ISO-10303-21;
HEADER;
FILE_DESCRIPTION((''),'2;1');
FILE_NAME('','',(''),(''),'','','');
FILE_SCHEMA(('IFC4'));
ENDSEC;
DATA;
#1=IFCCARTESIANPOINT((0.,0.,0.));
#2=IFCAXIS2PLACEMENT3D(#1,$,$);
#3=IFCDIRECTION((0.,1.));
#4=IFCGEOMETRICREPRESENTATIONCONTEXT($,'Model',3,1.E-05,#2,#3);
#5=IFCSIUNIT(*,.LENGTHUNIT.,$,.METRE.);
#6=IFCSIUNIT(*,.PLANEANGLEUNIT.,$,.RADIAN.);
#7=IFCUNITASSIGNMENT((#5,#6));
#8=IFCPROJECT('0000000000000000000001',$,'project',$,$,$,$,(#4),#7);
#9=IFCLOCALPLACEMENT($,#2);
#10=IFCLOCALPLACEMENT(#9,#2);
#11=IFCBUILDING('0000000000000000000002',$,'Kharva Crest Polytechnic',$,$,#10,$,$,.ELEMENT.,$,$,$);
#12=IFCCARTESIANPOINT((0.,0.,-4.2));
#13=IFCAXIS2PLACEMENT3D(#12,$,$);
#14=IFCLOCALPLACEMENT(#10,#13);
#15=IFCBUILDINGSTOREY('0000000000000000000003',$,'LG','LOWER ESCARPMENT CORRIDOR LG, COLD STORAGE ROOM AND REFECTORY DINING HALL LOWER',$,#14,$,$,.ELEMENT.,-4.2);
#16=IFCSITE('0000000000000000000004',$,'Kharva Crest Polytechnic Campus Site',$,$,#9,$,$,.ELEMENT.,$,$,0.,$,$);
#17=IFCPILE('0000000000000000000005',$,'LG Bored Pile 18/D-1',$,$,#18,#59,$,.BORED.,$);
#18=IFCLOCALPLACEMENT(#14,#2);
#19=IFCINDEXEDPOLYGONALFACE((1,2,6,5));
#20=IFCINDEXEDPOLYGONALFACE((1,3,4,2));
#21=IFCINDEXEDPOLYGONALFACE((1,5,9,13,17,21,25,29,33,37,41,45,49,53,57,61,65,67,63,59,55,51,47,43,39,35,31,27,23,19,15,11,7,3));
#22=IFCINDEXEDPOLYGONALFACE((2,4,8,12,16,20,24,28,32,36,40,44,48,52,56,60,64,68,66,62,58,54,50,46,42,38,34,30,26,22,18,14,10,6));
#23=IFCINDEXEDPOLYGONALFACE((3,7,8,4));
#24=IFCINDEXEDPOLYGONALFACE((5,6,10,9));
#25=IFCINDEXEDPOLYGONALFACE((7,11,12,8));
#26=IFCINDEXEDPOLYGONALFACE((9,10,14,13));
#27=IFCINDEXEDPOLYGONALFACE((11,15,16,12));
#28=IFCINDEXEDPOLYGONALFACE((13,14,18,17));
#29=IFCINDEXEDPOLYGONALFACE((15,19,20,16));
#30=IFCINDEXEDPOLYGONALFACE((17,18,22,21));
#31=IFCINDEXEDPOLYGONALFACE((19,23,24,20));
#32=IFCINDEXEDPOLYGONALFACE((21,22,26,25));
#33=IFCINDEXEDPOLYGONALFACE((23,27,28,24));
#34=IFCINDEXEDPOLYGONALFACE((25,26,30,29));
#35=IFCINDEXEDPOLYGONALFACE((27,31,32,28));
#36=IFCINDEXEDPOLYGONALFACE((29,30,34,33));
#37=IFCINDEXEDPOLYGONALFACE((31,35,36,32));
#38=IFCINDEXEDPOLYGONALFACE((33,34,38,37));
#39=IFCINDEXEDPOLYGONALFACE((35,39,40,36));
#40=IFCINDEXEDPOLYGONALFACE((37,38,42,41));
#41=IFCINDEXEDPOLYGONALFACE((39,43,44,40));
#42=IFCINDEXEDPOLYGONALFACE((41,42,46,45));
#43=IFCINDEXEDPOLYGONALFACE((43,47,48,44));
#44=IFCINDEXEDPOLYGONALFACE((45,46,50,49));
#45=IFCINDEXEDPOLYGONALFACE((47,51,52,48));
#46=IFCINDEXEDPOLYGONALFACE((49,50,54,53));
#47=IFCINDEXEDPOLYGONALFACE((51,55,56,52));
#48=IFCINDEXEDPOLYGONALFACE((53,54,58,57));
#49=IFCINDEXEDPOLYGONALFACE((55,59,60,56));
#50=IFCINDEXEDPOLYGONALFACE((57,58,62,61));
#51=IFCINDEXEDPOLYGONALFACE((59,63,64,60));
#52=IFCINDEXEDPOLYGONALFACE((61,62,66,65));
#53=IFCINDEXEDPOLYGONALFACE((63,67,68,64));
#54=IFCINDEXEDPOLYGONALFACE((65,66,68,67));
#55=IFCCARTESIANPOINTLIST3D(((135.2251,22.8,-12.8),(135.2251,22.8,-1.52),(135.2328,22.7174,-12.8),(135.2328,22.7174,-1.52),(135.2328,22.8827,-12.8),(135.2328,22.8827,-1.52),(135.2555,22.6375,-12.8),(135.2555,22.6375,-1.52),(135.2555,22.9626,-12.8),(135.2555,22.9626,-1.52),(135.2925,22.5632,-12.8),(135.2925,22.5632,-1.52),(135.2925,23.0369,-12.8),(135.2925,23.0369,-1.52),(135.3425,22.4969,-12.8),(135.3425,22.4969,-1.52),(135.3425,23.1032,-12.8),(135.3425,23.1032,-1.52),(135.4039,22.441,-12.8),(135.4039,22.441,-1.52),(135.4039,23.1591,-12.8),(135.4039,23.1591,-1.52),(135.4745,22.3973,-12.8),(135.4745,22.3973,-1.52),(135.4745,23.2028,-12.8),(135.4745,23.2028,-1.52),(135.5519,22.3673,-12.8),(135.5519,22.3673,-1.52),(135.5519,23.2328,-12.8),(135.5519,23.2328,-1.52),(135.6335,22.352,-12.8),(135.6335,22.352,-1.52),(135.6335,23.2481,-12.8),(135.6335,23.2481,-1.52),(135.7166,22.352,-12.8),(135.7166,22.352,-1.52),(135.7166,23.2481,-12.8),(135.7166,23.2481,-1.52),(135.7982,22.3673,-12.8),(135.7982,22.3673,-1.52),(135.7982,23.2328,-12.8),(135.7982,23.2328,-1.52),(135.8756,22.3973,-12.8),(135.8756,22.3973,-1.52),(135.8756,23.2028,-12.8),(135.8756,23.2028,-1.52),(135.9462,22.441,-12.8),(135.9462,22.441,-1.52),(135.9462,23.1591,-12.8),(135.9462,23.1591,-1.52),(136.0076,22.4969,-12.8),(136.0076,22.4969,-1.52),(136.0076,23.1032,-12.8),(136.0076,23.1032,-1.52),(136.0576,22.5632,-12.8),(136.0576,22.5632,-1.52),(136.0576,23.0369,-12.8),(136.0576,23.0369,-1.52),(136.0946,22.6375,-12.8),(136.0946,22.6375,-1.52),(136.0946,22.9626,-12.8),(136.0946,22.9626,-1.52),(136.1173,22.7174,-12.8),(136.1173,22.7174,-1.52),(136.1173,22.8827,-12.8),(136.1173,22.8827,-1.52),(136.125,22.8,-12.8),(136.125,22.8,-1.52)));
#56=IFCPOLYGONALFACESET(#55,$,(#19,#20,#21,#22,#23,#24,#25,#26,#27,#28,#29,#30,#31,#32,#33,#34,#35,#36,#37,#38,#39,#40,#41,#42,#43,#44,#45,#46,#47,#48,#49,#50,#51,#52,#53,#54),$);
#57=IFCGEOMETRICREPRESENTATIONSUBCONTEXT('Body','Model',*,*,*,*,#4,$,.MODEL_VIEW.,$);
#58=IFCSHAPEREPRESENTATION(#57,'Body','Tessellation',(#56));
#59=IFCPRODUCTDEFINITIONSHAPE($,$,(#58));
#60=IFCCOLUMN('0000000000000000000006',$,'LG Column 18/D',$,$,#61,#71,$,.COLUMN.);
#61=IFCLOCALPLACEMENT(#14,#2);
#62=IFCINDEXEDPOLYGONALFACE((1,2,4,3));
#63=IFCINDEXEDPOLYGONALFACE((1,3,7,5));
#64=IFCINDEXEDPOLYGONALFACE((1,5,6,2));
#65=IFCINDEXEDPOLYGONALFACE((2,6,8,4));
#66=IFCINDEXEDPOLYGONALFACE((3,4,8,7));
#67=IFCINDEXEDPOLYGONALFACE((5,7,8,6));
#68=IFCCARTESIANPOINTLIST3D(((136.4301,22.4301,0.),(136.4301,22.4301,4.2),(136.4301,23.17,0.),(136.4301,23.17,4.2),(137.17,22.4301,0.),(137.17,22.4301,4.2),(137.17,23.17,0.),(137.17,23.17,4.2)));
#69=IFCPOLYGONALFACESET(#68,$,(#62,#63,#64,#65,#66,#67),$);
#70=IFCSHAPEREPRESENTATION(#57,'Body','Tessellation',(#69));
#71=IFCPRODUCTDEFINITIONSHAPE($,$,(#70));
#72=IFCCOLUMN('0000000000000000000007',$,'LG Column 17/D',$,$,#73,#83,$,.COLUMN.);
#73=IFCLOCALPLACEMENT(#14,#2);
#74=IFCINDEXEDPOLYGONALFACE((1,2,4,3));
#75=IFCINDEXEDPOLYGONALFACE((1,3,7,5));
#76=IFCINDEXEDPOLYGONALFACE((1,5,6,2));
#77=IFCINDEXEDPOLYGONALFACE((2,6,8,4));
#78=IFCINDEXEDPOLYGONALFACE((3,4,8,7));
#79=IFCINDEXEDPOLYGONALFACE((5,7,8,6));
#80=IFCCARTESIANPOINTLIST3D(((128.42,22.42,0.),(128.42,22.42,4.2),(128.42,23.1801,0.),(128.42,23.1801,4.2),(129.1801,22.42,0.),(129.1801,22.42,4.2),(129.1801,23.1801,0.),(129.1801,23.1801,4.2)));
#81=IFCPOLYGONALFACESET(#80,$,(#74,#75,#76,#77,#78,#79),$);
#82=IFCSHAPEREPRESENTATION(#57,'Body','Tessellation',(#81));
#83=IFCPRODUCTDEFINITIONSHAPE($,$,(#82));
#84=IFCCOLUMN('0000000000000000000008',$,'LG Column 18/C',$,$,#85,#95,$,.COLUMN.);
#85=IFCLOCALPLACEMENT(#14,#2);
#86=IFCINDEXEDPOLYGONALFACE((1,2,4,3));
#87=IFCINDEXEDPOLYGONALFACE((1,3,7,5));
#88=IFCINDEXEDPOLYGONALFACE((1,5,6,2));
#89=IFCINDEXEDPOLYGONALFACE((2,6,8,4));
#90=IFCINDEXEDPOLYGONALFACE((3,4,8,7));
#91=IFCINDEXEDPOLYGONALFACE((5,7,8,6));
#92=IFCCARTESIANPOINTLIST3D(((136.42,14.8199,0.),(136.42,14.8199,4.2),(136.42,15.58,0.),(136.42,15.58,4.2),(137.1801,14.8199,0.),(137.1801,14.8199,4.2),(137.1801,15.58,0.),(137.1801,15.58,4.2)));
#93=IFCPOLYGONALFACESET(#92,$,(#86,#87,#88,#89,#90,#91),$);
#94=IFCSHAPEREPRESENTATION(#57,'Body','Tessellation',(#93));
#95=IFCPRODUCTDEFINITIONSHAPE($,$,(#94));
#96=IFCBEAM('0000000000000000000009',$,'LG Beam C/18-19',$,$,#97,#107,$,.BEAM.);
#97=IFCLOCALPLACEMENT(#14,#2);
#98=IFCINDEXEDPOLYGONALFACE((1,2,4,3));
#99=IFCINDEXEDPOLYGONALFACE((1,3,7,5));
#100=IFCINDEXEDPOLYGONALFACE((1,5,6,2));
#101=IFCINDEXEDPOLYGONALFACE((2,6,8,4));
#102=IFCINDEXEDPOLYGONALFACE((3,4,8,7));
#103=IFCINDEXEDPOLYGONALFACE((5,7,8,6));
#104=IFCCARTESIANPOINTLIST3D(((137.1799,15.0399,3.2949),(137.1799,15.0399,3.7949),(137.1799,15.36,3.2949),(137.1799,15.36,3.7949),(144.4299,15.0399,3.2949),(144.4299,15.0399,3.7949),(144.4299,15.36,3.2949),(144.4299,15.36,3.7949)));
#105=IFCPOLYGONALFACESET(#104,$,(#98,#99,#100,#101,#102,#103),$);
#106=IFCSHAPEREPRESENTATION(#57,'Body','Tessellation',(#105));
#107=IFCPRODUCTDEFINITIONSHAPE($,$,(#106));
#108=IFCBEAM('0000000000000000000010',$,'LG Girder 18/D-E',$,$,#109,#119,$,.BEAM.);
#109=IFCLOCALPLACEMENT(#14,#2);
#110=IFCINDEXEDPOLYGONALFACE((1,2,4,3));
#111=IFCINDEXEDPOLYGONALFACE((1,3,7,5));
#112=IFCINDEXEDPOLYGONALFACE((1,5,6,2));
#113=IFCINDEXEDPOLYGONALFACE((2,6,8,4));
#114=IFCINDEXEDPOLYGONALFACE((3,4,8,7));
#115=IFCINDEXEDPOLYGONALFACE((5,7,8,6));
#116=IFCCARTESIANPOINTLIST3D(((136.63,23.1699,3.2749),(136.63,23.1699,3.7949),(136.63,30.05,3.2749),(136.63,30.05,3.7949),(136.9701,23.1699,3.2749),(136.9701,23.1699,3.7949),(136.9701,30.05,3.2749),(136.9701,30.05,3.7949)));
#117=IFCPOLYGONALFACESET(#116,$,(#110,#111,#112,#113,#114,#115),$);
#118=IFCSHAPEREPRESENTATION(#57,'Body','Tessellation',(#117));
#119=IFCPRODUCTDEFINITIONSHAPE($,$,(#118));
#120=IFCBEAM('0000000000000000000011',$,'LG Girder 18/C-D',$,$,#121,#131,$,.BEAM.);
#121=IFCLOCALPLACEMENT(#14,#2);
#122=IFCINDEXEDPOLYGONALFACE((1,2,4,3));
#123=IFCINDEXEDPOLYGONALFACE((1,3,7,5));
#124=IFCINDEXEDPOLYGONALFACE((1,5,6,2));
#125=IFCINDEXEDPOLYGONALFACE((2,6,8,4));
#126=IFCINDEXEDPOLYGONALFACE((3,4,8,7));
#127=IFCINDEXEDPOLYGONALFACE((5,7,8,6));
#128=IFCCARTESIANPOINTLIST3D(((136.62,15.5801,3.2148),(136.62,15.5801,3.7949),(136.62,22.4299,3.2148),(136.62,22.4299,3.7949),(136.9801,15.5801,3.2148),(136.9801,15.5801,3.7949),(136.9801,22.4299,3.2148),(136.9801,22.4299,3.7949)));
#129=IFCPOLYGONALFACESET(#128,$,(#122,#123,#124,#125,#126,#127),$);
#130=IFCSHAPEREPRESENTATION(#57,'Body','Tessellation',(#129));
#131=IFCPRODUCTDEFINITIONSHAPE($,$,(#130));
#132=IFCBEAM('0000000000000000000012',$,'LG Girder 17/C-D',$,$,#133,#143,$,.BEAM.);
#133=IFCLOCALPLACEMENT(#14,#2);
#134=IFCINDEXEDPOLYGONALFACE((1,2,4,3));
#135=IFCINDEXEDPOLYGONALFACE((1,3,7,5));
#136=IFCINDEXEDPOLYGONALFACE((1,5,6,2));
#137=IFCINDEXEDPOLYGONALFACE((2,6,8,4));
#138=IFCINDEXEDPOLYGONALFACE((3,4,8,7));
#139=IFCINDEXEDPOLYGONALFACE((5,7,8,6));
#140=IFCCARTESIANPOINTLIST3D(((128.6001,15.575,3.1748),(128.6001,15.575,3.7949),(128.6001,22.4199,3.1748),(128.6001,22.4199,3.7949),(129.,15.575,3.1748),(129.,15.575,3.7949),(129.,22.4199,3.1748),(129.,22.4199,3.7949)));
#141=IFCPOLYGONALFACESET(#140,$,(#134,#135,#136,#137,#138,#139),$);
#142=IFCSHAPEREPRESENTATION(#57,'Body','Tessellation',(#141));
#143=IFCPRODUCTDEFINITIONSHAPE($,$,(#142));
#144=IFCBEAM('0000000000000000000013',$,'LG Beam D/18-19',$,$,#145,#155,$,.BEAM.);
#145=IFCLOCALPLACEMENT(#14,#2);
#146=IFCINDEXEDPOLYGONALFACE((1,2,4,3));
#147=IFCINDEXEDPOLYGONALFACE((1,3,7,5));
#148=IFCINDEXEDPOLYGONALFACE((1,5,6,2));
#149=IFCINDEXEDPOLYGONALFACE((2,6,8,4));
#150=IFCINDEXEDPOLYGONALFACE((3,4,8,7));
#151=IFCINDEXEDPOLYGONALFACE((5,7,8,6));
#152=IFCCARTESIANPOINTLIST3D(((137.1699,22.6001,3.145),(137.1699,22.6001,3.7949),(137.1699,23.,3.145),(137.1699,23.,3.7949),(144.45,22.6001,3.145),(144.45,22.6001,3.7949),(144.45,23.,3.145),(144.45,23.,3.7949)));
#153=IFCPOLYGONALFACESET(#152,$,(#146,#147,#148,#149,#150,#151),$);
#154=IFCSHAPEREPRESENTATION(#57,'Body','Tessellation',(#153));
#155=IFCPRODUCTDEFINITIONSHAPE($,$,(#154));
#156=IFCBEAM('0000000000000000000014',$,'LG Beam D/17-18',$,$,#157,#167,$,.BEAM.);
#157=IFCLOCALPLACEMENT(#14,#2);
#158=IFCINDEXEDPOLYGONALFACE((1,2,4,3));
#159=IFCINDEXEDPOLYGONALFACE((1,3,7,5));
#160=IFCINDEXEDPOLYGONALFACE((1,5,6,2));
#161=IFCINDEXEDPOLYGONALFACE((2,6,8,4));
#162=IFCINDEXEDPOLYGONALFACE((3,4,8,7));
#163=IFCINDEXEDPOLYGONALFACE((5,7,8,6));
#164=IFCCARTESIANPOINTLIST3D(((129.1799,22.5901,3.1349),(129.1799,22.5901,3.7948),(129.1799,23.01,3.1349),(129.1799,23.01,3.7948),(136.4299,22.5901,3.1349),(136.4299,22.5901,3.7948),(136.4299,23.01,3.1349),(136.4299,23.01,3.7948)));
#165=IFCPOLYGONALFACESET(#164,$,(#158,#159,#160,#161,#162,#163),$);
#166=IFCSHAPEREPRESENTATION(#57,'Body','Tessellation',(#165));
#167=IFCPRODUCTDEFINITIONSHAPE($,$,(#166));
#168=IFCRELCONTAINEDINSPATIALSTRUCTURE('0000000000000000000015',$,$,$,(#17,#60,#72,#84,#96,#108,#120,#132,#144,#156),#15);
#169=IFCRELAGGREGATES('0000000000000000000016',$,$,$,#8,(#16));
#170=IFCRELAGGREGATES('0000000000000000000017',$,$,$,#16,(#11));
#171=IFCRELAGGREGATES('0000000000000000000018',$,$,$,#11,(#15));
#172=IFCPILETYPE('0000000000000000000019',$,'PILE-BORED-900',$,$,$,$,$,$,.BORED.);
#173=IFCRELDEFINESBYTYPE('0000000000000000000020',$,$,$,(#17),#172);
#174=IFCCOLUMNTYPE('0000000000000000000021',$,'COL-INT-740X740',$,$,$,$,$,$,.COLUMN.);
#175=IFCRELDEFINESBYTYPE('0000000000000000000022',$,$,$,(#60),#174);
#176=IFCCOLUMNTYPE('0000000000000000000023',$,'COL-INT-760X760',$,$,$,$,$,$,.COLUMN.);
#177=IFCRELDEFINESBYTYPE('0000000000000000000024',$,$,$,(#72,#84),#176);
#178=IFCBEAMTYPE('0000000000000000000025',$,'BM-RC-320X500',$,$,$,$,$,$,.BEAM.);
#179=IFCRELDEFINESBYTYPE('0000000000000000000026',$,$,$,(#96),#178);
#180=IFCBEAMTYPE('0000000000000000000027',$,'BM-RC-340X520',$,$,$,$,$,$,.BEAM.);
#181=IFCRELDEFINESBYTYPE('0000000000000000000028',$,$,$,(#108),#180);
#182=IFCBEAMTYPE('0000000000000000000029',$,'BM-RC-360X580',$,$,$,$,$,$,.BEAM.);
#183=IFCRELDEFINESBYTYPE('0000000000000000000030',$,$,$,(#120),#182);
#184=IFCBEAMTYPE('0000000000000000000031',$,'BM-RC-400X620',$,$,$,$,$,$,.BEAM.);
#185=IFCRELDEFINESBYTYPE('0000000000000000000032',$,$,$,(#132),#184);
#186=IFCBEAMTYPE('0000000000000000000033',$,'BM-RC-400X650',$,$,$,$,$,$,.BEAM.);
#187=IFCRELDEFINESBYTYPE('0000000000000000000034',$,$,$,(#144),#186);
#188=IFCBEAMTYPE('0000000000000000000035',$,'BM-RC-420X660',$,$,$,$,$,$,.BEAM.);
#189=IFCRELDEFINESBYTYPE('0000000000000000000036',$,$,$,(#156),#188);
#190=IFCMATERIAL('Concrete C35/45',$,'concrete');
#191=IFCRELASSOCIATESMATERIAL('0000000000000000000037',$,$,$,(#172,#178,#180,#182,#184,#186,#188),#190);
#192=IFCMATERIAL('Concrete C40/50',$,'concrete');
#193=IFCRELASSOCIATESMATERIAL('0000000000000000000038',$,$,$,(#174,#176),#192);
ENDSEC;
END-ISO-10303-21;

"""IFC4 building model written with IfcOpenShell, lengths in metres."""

from ifc_helpers import new_model, si_unit, direction, frame, origin, origin_2d, place, context, subcontext, project, spatial, rectangle, circle, extrude, material, material_profile, profile_set, type_object, element, save


model = new_model("IFC4")

# Units and contexts
model_context = context("Model", 3, precision=1e-05, world=origin(), true_north=direction((0.0, 1.0)))
body_context = subcontext(model_context, "Body", "Model", "MODEL_VIEW")
ifc_project = project(units=[si_unit("LENGTHUNIT", "METRE"), si_unit("PLANEANGLEUNIT", "RADIAN")], contexts=[model_context])

# Site, building, storey
site_placement = place(None, origin())
site = spatial("IfcSite", under=ifc_project, at=site_placement, Name="Kharva Crest Polytechnic Campus Site", CompositionType="ELEMENT", RefElevation=0.0)
building_placement = place(site_placement, origin())
building = spatial("IfcBuilding", under=site, at=building_placement, Name="Kharva Crest Polytechnic", CompositionType="ELEMENT")
storey_placement = place(building_placement, frame((0.0, 0.0, -4.2)))
storey = spatial("IfcBuildingStorey", under=building, at=storey_placement, Name="LG", Description="LOWER ESCARPMENT CORRIDOR LG, COLD STORAGE ROOM AND REFECTORY DINING HALL LOWER", CompositionType="ELEMENT", Elevation=-4.2)

# Shared definitions
ifc_material_1 = material(Name="Concrete C35/45", Category="concrete")

# Pile
ifc_material_profile_1 = material_profile(ifc_material_1, circle(Radius=0.45, at=origin_2d()), Name="DIA 900")
ifc_profile_set_1 = profile_set([ifc_material_profile_1], Name="Concrete C35/45")
pile_type_1 = type_object("IfcPileType", Name="PILE-BORED-900", PredefinedType="BORED", material=ifc_profile_set_1)
for number, where, z_axis, x_axis, name in (
    (1, (135.675, 22.8, -1.52), (0.0, 0.0, -1.0), (1.0, 0.0, 0.0), "LG Bored Pile 18/D-1"),
):
    element("IfcPile", number, at=place(storey_placement, frame(where, z_axis=z_axis, x_axis=x_axis)), inside=storey, type_object=pile_type_1, Name=name, PredefinedType="BORED", context=body_context, shape_type="SweptSolid", body=[
        extrude(circle(Radius=0.45, at=origin_2d()), origin(), (0.0, 0.0, 1.0), 11.28),
    ])

# Columns
ifc_material_2 = material(Name="Concrete C40/50", Category="concrete")
ifc_material_profile_2 = material_profile(ifc_material_2, rectangle(XDim=0.74, YDim=0.74, at=origin_2d()), Name="RECT 740 X 740")
ifc_profile_set_2 = profile_set([ifc_material_profile_2], Name="Concrete C40/50")
column_type_1 = type_object("IfcColumnType", Name="COL-INT-740X740", PredefinedType="COLUMN", material=ifc_profile_set_2)
column_placement = place(storey_placement, frame((136.8, 22.8, 0.0), z_axis=(0.0, 0.0, 1.0), x_axis=(1.0, 0.0, 0.0)))
element("IfcColumn", 2, at=column_placement, inside=storey, type_object=column_type_1, Name="LG Column 18/D", PredefinedType="COLUMN", context=body_context, shape_type="SweptSolid", body=[
    extrude(rectangle(XDim=0.74, YDim=0.74, at=origin_2d()), origin(), (0.0, 0.0, 1.0), 4.2),
])
ifc_material_profile_3 = material_profile(ifc_material_2, rectangle(XDim=0.76, YDim=0.76, at=origin_2d()), Name="RECT 760 X 760")
ifc_profile_set_3 = profile_set([ifc_material_profile_3], Name="Concrete C40/50")
column_type_2 = type_object("IfcColumnType", Name="COL-INT-760X760", PredefinedType="COLUMN", material=ifc_profile_set_3)
for number, where, z_axis, x_axis, name in (
    (3, (128.8, 22.8, 0.0), (0.0, 0.0, 1.0), (1.0, 0.0, 0.0), "LG Column 17/D"),
    (4, (136.8, 15.2, 0.0), (0.0, 0.0, 1.0), (1.0, 0.0, 0.0), "LG Column 18/C"),
):
    element("IfcColumn", number, at=place(storey_placement, frame(where, z_axis=z_axis, x_axis=x_axis)), inside=storey, type_object=column_type_2, Name=name, PredefinedType="COLUMN", context=body_context, shape_type="SweptSolid", body=[
        extrude(rectangle(XDim=0.76, YDim=0.76, at=origin_2d()), origin(), (0.0, 0.0, 1.0), 4.2),
    ])

# Beams
ifc_material_profile_4 = material_profile(ifc_material_1, rectangle(XDim=0.3201, YDim=0.5, at=origin_2d()), Name="RECT 320 X 500")
ifc_profile_set_4 = profile_set([ifc_material_profile_4], Name="Concrete C35/45")
beam_type_1 = type_object("IfcBeamType", Name="BM-RC-320X500", PredefinedType="BEAM", material=ifc_profile_set_4)
beam_1_placement = place(storey_placement, frame((137.1799, 15.2, 3.5449), z_axis=(1.0, 0.0, 0.0), x_axis=(0.0, 1.0, 0.0)))
element("IfcBeam", 5, at=beam_1_placement, inside=storey, type_object=beam_type_1, Name="LG Beam C/18-19", PredefinedType="BEAM", context=body_context, shape_type="SweptSolid", body=[
    extrude(rectangle(XDim=0.3201, YDim=0.5, at=origin_2d()), origin(), (0.0, 0.0, 1.0), 7.25),
])
ifc_material_profile_5 = material_profile(ifc_material_1, rectangle(XDim=0.3401, YDim=0.52, at=origin_2d()), Name="RECT 340 X 520")
ifc_profile_set_5 = profile_set([ifc_material_profile_5], Name="Concrete C35/45")
beam_type_2 = type_object("IfcBeamType", Name="BM-RC-340X520", PredefinedType="BEAM", material=ifc_profile_set_5)
beam_2_placement = place(storey_placement, frame((136.8, 23.1699, 3.5349), z_axis=(0.0, 1.0, 0.0), x_axis=(-1.0, 0.0, 0.0)))
element("IfcBeam", 6, at=beam_2_placement, inside=storey, type_object=beam_type_2, Name="LG Girder 18/D-E", PredefinedType="BEAM", context=body_context, shape_type="SweptSolid", body=[
    extrude(rectangle(XDim=0.3401, YDim=0.52, at=origin_2d()), origin(), (0.0, 0.0, 1.0), 6.8801),
])
ifc_material_profile_6 = material_profile(ifc_material_1, rectangle(XDim=0.3601, YDim=0.5801, at=origin_2d()), Name="RECT 360 X 580")
ifc_profile_set_6 = profile_set([ifc_material_profile_6], Name="Concrete C35/45")
beam_type_3 = type_object("IfcBeamType", Name="BM-RC-360X580", PredefinedType="BEAM", material=ifc_profile_set_6)
beam_3_placement = place(storey_placement, frame((136.8, 15.5801, 3.5049), z_axis=(0.0, 1.0, 0.0), x_axis=(-1.0, 0.0, 0.0)))
element("IfcBeam", 7, at=beam_3_placement, inside=storey, type_object=beam_type_3, Name="LG Girder 18/C-D", PredefinedType="BEAM", context=body_context, shape_type="SweptSolid", body=[
    extrude(rectangle(XDim=0.3601, YDim=0.5801, at=origin_2d()), origin(), (0.0, 0.0, 1.0), 6.8499),
])
ifc_material_profile_7 = material_profile(ifc_material_1, rectangle(XDim=0.3999, YDim=0.6201, at=origin_2d()), Name="RECT 400 X 620")
ifc_profile_set_7 = profile_set([ifc_material_profile_7], Name="Concrete C35/45")
beam_type_4 = type_object("IfcBeamType", Name="BM-RC-400X620", PredefinedType="BEAM", material=ifc_profile_set_7)
beam_4_placement = place(storey_placement, frame((128.8, 15.575, 3.4849), z_axis=(0.0, 1.0, 0.0), x_axis=(-1.0, 0.0, 0.0)))
element("IfcBeam", 8, at=beam_4_placement, inside=storey, type_object=beam_type_4, Name="LG Girder 17/C-D", PredefinedType="BEAM", context=body_context, shape_type="SweptSolid", body=[
    extrude(rectangle(XDim=0.3999, YDim=0.6201, at=origin_2d()), origin(), (0.0, 0.0, 1.0), 6.845),
])
ifc_material_profile_8 = material_profile(ifc_material_1, rectangle(XDim=0.3999, YDim=0.6499, at=origin_2d()), Name="RECT 400 X 650")
ifc_profile_set_8 = profile_set([ifc_material_profile_8], Name="Concrete C35/45")
beam_type_5 = type_object("IfcBeamType", Name="BM-RC-400X650", PredefinedType="BEAM", material=ifc_profile_set_8)
beam_5_placement = place(storey_placement, frame((137.1699, 22.8, 3.47), z_axis=(1.0, 0.0, 0.0), x_axis=(0.0, 1.0, 0.0)))
element("IfcBeam", 9, at=beam_5_placement, inside=storey, type_object=beam_type_5, Name="LG Beam D/18-19", PredefinedType="BEAM", context=body_context, shape_type="SweptSolid", body=[
    extrude(rectangle(XDim=0.3999, YDim=0.6499, at=origin_2d()), origin(), (0.0, 0.0, 1.0), 7.28),
])
ifc_material_profile_9 = material_profile(ifc_material_1, rectangle(XDim=0.4199, YDim=0.6599, at=origin_2d()), Name="RECT 420 X 660")
ifc_profile_set_9 = profile_set([ifc_material_profile_9], Name="Concrete C35/45")
beam_type_6 = type_object("IfcBeamType", Name="BM-RC-420X660", PredefinedType="BEAM", material=ifc_profile_set_9)
beam_6_placement = place(storey_placement, frame((129.1799, 22.8, 3.4648), z_axis=(1.0, 0.0, 0.0), x_axis=(0.0, 1.0, 0.0)))
element("IfcBeam", 10, at=beam_6_placement, inside=storey, type_object=beam_type_6, Name="LG Beam D/17-18", PredefinedType="BEAM", context=body_context, shape_type="SweptSolid", body=[
    extrude(rectangle(XDim=0.4199, YDim=0.6599, at=origin_2d()), origin(), (0.0, 0.0, 1.0), 7.25),
])

save(model, "model.ifc")
